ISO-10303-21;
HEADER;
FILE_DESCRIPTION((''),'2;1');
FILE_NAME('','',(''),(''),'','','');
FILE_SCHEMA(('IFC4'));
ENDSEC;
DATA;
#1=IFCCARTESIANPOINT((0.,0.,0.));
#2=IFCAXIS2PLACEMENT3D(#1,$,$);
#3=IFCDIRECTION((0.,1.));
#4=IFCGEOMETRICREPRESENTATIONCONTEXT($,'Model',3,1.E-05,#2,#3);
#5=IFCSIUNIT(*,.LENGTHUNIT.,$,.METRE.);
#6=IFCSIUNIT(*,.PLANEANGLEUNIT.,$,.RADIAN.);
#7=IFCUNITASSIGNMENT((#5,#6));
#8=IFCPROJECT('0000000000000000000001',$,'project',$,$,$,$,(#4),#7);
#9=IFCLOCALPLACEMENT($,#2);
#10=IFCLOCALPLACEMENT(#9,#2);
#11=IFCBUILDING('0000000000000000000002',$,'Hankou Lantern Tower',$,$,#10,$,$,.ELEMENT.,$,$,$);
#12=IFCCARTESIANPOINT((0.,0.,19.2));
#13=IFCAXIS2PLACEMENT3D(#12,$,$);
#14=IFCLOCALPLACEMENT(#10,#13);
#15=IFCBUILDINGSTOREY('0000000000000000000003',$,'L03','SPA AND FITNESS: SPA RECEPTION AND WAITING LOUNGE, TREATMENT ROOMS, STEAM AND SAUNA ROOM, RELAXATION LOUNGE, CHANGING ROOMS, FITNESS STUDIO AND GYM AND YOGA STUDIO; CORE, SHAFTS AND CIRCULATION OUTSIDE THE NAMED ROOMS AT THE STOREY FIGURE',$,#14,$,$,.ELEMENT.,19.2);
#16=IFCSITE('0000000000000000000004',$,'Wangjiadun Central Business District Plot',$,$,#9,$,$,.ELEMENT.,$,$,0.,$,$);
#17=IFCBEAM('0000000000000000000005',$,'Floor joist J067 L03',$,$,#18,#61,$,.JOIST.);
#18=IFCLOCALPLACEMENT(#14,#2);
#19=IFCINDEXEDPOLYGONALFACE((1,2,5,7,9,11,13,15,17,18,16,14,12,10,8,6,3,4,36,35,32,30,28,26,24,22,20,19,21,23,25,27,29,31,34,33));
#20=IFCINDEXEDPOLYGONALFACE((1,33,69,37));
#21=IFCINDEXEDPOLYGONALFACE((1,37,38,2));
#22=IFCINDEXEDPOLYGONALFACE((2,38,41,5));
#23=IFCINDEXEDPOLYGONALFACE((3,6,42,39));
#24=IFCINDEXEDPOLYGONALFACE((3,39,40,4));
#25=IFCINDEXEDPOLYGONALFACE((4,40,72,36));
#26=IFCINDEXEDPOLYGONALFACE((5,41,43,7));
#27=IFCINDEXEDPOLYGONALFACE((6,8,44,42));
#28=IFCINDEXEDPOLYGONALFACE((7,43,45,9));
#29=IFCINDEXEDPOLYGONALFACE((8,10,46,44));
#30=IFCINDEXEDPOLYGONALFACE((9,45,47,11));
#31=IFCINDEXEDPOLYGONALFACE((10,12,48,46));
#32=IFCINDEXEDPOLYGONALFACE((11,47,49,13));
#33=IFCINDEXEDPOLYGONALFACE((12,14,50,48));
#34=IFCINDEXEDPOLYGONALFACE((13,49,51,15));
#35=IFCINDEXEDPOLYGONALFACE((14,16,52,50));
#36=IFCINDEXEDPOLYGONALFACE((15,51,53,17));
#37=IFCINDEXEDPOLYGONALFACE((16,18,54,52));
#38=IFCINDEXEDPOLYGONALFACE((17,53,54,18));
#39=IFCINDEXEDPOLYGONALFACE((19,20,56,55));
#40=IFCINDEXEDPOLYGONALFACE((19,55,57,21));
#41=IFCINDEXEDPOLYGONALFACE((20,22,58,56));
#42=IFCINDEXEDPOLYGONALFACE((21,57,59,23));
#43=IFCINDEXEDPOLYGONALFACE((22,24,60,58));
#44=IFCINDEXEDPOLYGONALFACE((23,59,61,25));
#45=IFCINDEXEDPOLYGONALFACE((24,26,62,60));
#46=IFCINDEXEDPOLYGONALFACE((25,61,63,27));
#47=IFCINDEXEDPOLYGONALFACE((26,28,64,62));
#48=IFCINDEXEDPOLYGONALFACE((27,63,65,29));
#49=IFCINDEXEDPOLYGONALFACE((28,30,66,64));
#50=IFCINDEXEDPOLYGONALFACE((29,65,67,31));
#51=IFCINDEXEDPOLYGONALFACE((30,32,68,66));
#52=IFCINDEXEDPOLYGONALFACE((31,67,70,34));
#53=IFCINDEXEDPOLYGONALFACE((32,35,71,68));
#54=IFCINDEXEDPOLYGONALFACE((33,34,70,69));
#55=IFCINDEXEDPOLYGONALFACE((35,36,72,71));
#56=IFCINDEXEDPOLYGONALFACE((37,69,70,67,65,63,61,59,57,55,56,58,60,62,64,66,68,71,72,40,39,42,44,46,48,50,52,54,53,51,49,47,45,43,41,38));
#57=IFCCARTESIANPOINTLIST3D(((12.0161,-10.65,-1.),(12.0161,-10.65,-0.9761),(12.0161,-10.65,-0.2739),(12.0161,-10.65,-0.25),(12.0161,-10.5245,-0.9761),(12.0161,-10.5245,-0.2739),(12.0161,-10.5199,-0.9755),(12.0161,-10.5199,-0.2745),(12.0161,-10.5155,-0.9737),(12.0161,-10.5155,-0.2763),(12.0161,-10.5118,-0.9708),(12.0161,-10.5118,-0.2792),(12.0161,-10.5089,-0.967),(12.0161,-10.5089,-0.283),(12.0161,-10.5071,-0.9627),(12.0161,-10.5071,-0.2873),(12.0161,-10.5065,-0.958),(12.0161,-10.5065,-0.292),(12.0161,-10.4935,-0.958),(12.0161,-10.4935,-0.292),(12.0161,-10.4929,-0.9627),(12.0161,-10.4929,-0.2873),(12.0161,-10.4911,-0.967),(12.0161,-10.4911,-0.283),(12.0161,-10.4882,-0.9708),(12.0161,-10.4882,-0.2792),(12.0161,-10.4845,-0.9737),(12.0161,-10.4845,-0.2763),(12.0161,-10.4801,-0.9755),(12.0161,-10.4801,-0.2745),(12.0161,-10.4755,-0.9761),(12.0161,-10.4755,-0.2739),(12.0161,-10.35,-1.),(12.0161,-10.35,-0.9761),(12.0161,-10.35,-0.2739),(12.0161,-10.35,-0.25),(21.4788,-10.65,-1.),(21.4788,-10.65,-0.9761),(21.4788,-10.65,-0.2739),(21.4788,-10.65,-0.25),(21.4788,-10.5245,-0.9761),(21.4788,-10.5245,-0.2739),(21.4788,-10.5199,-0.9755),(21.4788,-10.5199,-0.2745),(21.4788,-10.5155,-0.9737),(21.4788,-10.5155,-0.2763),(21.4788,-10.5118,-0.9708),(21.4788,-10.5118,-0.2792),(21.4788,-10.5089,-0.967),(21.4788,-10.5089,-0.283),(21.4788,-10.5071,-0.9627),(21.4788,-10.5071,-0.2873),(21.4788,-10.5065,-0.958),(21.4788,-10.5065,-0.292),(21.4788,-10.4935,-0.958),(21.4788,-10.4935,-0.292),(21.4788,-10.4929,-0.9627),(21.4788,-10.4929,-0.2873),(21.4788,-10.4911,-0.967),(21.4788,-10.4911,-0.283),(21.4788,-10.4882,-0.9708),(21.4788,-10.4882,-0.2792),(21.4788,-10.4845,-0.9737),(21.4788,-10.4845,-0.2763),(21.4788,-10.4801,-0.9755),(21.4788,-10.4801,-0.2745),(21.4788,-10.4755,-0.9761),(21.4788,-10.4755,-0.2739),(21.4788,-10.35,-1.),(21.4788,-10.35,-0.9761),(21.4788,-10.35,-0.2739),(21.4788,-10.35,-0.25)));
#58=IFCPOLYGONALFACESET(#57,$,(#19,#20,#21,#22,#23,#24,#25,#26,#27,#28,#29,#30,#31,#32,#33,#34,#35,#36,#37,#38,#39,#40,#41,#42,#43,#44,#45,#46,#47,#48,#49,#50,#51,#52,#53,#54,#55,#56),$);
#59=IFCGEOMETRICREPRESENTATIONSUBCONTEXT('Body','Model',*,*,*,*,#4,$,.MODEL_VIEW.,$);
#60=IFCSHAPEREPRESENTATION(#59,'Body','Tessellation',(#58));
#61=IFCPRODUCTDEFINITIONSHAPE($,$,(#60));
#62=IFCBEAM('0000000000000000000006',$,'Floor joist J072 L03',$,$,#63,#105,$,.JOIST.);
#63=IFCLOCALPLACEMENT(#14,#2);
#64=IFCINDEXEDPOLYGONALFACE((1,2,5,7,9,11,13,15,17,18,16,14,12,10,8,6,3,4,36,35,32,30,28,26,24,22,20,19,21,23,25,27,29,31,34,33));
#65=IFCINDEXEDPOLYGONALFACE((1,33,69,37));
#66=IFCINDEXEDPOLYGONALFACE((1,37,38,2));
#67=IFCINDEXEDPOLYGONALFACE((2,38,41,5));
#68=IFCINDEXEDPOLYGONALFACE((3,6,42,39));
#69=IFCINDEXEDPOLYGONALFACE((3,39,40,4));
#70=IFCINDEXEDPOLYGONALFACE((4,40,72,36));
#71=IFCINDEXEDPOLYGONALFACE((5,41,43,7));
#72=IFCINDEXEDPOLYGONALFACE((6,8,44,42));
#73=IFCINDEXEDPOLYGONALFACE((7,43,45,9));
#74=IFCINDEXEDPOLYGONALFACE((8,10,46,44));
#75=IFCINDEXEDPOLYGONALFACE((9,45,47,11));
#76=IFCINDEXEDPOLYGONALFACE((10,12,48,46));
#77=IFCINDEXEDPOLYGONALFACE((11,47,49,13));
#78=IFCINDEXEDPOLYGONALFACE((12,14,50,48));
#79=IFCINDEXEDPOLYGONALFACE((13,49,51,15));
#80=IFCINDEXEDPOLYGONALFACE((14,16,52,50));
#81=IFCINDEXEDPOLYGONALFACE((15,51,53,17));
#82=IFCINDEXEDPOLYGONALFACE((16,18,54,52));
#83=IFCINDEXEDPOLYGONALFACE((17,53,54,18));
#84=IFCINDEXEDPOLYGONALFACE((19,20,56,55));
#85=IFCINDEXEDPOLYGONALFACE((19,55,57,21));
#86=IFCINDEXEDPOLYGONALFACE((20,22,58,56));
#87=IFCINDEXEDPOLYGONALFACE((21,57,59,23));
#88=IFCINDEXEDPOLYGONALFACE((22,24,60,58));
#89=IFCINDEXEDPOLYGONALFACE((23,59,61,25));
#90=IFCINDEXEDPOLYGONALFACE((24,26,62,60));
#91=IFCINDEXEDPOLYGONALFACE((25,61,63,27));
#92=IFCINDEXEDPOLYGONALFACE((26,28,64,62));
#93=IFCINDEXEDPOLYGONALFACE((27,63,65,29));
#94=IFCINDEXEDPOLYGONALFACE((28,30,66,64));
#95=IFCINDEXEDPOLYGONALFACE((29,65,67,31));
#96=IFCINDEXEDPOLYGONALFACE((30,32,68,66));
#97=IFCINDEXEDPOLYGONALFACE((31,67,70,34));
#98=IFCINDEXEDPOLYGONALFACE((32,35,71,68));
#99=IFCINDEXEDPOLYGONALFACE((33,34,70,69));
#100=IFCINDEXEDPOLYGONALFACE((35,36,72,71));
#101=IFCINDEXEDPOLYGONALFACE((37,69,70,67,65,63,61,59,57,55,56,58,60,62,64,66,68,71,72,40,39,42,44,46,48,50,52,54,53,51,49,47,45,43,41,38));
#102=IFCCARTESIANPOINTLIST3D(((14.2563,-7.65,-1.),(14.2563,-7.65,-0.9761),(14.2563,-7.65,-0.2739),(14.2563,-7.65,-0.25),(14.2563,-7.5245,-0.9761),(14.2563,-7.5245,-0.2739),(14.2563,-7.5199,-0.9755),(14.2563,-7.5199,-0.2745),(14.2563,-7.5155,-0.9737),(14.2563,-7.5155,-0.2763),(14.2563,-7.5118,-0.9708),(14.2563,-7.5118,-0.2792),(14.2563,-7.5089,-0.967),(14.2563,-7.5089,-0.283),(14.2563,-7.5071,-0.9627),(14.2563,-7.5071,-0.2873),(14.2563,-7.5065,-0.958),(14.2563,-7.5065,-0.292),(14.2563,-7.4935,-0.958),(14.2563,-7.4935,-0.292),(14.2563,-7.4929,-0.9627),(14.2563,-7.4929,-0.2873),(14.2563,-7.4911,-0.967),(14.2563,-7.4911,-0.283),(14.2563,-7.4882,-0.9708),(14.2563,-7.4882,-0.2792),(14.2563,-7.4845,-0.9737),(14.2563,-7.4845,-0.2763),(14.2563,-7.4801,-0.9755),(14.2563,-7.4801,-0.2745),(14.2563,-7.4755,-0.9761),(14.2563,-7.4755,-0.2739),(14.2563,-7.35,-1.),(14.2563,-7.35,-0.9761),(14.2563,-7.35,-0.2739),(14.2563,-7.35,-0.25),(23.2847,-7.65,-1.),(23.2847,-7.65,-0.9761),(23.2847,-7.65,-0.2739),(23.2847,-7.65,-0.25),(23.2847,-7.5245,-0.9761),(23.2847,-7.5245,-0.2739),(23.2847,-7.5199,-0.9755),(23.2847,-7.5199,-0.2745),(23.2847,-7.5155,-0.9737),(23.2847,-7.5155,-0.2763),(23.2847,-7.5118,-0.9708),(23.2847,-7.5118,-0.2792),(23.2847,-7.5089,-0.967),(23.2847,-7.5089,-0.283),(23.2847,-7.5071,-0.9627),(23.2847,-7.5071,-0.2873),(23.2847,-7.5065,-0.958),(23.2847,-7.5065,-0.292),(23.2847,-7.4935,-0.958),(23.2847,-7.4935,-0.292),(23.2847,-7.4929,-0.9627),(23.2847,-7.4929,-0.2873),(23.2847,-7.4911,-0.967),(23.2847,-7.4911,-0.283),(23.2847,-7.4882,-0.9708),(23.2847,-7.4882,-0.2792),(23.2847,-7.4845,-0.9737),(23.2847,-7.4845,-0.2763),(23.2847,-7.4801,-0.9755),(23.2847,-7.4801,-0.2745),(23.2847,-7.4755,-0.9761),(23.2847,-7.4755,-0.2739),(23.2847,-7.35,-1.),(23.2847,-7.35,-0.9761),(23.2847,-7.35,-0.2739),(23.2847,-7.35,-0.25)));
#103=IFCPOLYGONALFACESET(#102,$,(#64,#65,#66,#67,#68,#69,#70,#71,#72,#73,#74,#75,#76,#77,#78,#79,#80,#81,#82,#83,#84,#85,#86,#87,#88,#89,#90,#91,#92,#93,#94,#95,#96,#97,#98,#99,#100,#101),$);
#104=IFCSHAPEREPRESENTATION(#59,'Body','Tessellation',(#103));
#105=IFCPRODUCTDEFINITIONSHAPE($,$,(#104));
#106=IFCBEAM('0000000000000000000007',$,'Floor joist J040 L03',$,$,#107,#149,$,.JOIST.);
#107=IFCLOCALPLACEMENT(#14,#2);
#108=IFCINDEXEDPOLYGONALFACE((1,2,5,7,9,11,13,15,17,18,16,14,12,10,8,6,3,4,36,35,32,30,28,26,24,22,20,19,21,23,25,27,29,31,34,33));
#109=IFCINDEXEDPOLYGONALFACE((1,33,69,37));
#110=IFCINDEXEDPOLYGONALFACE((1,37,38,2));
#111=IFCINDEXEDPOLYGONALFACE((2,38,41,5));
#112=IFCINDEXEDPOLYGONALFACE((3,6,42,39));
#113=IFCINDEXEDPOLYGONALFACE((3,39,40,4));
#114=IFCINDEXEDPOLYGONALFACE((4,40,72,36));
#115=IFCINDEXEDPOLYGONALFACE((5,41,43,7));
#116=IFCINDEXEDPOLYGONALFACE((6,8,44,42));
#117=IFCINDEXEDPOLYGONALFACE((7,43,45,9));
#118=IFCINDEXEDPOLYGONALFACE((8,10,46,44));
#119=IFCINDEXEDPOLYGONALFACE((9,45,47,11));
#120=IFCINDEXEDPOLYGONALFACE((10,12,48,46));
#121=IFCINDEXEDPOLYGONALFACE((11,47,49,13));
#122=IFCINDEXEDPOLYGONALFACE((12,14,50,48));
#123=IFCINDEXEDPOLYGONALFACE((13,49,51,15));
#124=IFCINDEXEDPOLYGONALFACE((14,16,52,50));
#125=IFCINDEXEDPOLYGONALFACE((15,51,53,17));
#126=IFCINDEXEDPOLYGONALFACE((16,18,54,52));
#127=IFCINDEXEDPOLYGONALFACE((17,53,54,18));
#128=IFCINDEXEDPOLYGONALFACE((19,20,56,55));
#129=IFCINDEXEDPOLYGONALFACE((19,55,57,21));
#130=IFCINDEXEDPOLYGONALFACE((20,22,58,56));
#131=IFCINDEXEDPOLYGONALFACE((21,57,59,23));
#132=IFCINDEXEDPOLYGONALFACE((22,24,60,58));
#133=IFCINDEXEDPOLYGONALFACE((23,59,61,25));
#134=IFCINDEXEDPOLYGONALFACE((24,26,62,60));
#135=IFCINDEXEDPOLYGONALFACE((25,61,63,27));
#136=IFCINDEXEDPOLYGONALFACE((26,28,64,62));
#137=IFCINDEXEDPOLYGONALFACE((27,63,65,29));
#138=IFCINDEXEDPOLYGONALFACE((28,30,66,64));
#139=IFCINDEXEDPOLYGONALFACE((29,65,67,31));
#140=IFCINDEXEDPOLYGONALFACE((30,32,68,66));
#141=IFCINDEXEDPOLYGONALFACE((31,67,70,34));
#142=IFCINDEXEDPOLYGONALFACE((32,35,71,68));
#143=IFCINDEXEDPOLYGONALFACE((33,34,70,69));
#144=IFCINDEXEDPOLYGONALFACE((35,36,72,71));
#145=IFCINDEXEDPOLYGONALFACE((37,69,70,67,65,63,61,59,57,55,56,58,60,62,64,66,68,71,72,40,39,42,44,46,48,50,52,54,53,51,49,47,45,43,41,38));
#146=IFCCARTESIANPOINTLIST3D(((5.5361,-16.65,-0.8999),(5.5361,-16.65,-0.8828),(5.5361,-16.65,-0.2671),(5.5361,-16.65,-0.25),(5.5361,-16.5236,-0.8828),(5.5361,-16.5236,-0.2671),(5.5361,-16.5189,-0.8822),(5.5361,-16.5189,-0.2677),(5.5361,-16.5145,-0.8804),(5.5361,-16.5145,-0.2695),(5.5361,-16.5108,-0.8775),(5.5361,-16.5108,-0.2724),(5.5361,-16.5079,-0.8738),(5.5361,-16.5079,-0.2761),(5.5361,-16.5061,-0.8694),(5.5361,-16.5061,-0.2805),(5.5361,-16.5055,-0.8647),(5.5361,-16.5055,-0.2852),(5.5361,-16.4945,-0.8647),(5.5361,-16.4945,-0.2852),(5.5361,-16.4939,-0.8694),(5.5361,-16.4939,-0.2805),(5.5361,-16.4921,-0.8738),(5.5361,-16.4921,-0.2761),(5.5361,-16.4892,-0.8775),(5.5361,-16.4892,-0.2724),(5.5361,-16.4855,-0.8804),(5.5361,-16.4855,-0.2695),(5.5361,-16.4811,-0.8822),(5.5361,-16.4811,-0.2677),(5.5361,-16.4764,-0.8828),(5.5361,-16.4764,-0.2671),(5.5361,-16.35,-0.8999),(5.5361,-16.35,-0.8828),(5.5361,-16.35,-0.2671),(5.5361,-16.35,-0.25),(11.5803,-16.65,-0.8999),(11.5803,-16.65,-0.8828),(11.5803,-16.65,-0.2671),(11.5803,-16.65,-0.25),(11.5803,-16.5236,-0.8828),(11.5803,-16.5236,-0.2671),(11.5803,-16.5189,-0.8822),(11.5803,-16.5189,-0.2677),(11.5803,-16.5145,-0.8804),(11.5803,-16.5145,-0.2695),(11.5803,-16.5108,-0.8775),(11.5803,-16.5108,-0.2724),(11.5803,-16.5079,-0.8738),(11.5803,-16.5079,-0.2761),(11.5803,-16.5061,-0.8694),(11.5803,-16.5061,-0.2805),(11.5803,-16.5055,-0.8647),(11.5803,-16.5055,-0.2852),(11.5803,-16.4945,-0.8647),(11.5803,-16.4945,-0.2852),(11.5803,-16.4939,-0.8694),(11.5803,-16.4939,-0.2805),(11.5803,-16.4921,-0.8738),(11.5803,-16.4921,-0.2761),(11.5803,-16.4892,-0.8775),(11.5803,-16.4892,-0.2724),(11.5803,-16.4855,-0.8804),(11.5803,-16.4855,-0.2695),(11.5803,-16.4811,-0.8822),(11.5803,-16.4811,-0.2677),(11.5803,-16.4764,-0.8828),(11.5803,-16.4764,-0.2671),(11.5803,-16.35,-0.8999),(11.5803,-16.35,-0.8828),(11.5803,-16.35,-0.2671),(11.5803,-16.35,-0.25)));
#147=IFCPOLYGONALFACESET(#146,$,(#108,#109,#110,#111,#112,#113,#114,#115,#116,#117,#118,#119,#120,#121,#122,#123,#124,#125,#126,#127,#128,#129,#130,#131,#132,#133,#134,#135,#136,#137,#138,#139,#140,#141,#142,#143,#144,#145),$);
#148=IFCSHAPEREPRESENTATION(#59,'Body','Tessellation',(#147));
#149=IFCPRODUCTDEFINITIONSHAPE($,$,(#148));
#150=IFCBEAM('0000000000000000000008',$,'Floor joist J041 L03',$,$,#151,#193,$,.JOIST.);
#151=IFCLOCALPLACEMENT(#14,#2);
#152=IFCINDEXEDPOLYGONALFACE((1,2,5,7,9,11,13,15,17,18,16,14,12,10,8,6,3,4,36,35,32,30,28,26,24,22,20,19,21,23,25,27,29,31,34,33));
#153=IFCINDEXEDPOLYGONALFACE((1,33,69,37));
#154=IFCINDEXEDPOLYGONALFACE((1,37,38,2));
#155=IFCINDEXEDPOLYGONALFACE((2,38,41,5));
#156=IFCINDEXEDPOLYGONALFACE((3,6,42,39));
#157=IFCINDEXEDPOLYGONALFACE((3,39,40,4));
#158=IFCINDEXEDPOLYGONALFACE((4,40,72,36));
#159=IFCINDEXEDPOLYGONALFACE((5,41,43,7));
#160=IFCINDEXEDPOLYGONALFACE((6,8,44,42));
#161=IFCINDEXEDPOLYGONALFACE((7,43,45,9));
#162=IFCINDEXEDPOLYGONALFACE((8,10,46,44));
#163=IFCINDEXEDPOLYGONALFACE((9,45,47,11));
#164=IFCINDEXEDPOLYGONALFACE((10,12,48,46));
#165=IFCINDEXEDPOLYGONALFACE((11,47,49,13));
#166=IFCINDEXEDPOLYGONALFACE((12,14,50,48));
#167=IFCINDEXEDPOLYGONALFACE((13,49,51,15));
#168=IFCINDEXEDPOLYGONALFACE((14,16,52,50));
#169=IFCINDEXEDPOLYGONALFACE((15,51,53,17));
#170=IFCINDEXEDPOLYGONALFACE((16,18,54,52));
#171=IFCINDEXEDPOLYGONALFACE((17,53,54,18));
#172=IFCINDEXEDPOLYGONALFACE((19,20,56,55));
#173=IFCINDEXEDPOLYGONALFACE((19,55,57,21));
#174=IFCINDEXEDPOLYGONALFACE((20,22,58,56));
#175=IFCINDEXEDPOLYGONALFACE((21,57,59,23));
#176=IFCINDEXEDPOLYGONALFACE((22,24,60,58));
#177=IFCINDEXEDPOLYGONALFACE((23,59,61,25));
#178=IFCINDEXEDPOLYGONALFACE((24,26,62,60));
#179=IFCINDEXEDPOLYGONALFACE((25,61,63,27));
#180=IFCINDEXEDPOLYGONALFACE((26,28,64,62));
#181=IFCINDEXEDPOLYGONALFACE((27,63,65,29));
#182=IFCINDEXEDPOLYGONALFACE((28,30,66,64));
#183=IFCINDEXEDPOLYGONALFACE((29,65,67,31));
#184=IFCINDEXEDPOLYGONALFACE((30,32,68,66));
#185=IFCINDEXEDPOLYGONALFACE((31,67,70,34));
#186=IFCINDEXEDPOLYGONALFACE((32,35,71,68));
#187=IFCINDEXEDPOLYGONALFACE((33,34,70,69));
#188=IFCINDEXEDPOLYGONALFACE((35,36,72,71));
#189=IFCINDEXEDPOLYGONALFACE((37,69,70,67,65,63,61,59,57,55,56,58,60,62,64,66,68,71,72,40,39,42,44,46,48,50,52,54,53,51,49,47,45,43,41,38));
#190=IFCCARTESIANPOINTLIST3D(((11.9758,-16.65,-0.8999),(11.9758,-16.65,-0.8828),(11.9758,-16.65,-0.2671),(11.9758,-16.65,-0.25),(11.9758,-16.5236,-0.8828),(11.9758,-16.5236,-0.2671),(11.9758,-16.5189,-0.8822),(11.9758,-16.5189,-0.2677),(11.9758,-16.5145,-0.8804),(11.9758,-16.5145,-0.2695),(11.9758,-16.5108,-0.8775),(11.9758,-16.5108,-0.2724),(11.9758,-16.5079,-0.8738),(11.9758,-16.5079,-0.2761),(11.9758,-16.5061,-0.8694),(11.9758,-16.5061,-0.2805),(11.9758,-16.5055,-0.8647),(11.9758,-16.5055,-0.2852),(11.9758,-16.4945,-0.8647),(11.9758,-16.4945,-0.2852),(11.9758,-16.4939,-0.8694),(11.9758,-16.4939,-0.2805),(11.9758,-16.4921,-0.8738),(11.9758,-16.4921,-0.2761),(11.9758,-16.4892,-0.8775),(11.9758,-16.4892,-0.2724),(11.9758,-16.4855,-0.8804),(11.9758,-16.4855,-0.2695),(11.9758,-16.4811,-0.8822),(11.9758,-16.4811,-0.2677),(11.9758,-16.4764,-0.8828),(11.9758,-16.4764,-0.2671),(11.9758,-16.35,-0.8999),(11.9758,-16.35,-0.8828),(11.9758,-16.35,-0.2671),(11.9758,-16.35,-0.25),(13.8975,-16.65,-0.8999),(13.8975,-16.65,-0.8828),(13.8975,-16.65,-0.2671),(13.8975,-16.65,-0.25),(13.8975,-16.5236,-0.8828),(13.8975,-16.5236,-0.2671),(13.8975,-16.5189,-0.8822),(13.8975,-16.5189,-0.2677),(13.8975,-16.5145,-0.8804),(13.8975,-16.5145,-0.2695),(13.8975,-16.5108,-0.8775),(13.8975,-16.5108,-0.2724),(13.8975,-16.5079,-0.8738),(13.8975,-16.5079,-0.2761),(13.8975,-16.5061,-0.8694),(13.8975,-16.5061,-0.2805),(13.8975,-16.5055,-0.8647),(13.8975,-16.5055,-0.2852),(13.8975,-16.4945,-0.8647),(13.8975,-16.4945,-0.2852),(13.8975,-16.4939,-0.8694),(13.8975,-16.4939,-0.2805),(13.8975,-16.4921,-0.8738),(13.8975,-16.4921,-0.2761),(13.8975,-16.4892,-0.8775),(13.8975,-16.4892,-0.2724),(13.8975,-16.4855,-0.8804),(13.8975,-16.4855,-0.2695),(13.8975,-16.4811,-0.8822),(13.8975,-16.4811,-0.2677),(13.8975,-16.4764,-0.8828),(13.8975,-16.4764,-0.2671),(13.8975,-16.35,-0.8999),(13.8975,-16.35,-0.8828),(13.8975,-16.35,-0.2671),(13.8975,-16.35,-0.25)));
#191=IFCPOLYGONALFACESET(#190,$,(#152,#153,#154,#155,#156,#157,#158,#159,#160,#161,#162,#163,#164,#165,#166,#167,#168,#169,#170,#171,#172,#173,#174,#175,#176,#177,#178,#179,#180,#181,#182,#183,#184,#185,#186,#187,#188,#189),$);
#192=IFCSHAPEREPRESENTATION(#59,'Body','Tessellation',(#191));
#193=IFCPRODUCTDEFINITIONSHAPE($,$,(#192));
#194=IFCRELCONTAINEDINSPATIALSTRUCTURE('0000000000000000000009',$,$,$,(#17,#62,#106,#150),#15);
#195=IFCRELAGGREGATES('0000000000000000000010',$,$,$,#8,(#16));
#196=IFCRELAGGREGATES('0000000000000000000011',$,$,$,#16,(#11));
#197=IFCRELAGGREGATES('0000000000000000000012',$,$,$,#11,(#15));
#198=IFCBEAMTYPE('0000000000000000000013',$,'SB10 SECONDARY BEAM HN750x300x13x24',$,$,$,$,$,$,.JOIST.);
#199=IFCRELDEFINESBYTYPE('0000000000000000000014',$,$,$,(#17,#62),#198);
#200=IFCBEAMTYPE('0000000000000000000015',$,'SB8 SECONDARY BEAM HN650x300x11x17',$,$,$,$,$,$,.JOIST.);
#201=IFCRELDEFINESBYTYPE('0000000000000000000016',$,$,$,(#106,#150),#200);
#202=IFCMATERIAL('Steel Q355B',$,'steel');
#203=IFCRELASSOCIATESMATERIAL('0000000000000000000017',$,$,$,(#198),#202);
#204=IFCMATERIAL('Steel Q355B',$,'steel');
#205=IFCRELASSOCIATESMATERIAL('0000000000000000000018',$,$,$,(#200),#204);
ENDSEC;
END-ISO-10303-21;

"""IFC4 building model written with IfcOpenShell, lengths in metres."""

from ifc_helpers import new_model, si_unit, direction, frame, origin, origin_2d, place, context, subcontext, project, spatial, i_section, extrude, material, material_profile, profile_set, type_object, element, save


model = new_model("IFC4")

# Units and contexts
model_context = context("Model", 3, precision=1e-05, world=origin(), true_north=direction((0.0, 1.0)))
body_context = subcontext(model_context, "Body", "Model", "MODEL_VIEW")
ifc_project = project(units=[si_unit("LENGTHUNIT", "METRE"), si_unit("PLANEANGLEUNIT", "RADIAN")], contexts=[model_context])

# Site, building, storey
site_placement = place(None, origin())
site = spatial("IfcSite", under=ifc_project, at=site_placement, Name="Wangjiadun Central Business District Plot", CompositionType="ELEMENT", RefElevation=0.0)
building_placement = place(site_placement, origin())
building = spatial("IfcBuilding", under=site, at=building_placement, Name="Hankou Lantern Tower", CompositionType="ELEMENT")
storey_placement = place(building_placement, frame((0.0, 0.0, 19.2)))
storey = spatial("IfcBuildingStorey", under=building, at=storey_placement, Name="L03", Description="SPA AND FITNESS: SPA RECEPTION AND WAITING LOUNGE, TREATMENT ROOMS, STEAM AND SAUNA ROOM, RELAXATION LOUNGE, CHANGING ROOMS, FITNESS STUDIO AND GYM AND YOGA STUDIO; CORE, SHAFTS AND CIRCULATION OUTSIDE THE NAMED ROOMS AT THE STOREY FIGURE", CompositionType="ELEMENT", Elevation=19.2)

# Beams
ifc_material_1 = material(Name="Steel Q355B", Category="steel")
ifc_material_profile_1 = material_profile(ifc_material_1, i_section(OverallWidth=0.3, OverallDepth=0.75, WebThickness=0.0129, FlangeThickness=0.0239, FilletRadius=0.0181, at=origin_2d()), Name="HN750x300x13x24")
ifc_profile_set_1 = profile_set([ifc_material_profile_1], Name="Steel Q355B")
beam_type_1 = type_object("IfcBeamType", Name="SB10 SECONDARY BEAM HN750x300x13x24", PredefinedType="JOIST", material=ifc_profile_set_1)
beam_1_placement = place(storey_placement, frame((12.0161, -10.5, -0.625), z_axis=(1.0, 0.0, 0.0), x_axis=(0.0, 1.0, 0.0)))
element("IfcBeam", 1, at=beam_1_placement, inside=storey, type_object=beam_type_1, Name="Floor joist J067 L03", PredefinedType="JOIST", context=body_context, shape_type="SweptSolid", body=[
    extrude(i_section(OverallWidth=0.3, OverallDepth=0.75, WebThickness=0.0129, FlangeThickness=0.0239, FilletRadius=0.0181, at=origin_2d()), origin(), (0.0, 0.0, 1.0), 9.4626),
])
beam_2_placement = place(storey_placement, frame((14.2563, -7.5, -0.625), z_axis=(1.0, 0.0, 0.0), x_axis=(0.0, 1.0, 0.0)))
element("IfcBeam", 2, at=beam_2_placement, inside=storey, type_object=beam_type_1, Name="Floor joist J072 L03", PredefinedType="JOIST", context=body_context, shape_type="SweptSolid", body=[
    extrude(i_section(OverallWidth=0.3, OverallDepth=0.75, WebThickness=0.0129, FlangeThickness=0.0239, FilletRadius=0.0181, at=origin_2d()), origin(), (0.0, 0.0, 1.0), 9.0283),
])
ifc_material_2 = material(Name="Steel Q355B", Category="steel")
ifc_material_profile_2 = material_profile(ifc_material_2, i_section(OverallWidth=0.3, OverallDepth=0.6499, WebThickness=0.011, FlangeThickness=0.0171, FilletRadius=0.0181, at=origin_2d()), Name="HN650x300x11x17")
ifc_profile_set_2 = profile_set([ifc_material_profile_2], Name="Steel Q355B")
beam_type_2 = type_object("IfcBeamType", Name="SB8 SECONDARY BEAM HN650x300x11x17", PredefinedType="JOIST", material=ifc_profile_set_2)
beam_3_placement = place(storey_placement, frame((5.5361, -16.5, -0.575), z_axis=(1.0, 0.0, 0.0), x_axis=(0.0, 1.0, 0.0)))
element("IfcBeam", 3, at=beam_3_placement, inside=storey, type_object=beam_type_2, Name="Floor joist J040 L03", PredefinedType="JOIST", context=body_context, shape_type="SweptSolid", body=[
    extrude(i_section(OverallWidth=0.3, OverallDepth=0.6499, WebThickness=0.011, FlangeThickness=0.0171, FilletRadius=0.0181, at=origin_2d()), origin(), (0.0, 0.0, 1.0), 6.0442),
])
beam_4_placement = place(storey_placement, frame((11.9758, -16.5, -0.575), z_axis=(1.0, 0.0, 0.0), x_axis=(0.0, 1.0, 0.0)))
element("IfcBeam", 4, at=beam_4_placement, inside=storey, type_object=beam_type_2, Name="Floor joist J041 L03", PredefinedType="JOIST", context=body_context, shape_type="SweptSolid", body=[
    extrude(i_section(OverallWidth=0.3, OverallDepth=0.6499, WebThickness=0.011, FlangeThickness=0.0171, FilletRadius=0.0181, at=origin_2d()), origin(), (0.0, 0.0, 1.0), 1.9216),
])

save(model, "model.ifc")
